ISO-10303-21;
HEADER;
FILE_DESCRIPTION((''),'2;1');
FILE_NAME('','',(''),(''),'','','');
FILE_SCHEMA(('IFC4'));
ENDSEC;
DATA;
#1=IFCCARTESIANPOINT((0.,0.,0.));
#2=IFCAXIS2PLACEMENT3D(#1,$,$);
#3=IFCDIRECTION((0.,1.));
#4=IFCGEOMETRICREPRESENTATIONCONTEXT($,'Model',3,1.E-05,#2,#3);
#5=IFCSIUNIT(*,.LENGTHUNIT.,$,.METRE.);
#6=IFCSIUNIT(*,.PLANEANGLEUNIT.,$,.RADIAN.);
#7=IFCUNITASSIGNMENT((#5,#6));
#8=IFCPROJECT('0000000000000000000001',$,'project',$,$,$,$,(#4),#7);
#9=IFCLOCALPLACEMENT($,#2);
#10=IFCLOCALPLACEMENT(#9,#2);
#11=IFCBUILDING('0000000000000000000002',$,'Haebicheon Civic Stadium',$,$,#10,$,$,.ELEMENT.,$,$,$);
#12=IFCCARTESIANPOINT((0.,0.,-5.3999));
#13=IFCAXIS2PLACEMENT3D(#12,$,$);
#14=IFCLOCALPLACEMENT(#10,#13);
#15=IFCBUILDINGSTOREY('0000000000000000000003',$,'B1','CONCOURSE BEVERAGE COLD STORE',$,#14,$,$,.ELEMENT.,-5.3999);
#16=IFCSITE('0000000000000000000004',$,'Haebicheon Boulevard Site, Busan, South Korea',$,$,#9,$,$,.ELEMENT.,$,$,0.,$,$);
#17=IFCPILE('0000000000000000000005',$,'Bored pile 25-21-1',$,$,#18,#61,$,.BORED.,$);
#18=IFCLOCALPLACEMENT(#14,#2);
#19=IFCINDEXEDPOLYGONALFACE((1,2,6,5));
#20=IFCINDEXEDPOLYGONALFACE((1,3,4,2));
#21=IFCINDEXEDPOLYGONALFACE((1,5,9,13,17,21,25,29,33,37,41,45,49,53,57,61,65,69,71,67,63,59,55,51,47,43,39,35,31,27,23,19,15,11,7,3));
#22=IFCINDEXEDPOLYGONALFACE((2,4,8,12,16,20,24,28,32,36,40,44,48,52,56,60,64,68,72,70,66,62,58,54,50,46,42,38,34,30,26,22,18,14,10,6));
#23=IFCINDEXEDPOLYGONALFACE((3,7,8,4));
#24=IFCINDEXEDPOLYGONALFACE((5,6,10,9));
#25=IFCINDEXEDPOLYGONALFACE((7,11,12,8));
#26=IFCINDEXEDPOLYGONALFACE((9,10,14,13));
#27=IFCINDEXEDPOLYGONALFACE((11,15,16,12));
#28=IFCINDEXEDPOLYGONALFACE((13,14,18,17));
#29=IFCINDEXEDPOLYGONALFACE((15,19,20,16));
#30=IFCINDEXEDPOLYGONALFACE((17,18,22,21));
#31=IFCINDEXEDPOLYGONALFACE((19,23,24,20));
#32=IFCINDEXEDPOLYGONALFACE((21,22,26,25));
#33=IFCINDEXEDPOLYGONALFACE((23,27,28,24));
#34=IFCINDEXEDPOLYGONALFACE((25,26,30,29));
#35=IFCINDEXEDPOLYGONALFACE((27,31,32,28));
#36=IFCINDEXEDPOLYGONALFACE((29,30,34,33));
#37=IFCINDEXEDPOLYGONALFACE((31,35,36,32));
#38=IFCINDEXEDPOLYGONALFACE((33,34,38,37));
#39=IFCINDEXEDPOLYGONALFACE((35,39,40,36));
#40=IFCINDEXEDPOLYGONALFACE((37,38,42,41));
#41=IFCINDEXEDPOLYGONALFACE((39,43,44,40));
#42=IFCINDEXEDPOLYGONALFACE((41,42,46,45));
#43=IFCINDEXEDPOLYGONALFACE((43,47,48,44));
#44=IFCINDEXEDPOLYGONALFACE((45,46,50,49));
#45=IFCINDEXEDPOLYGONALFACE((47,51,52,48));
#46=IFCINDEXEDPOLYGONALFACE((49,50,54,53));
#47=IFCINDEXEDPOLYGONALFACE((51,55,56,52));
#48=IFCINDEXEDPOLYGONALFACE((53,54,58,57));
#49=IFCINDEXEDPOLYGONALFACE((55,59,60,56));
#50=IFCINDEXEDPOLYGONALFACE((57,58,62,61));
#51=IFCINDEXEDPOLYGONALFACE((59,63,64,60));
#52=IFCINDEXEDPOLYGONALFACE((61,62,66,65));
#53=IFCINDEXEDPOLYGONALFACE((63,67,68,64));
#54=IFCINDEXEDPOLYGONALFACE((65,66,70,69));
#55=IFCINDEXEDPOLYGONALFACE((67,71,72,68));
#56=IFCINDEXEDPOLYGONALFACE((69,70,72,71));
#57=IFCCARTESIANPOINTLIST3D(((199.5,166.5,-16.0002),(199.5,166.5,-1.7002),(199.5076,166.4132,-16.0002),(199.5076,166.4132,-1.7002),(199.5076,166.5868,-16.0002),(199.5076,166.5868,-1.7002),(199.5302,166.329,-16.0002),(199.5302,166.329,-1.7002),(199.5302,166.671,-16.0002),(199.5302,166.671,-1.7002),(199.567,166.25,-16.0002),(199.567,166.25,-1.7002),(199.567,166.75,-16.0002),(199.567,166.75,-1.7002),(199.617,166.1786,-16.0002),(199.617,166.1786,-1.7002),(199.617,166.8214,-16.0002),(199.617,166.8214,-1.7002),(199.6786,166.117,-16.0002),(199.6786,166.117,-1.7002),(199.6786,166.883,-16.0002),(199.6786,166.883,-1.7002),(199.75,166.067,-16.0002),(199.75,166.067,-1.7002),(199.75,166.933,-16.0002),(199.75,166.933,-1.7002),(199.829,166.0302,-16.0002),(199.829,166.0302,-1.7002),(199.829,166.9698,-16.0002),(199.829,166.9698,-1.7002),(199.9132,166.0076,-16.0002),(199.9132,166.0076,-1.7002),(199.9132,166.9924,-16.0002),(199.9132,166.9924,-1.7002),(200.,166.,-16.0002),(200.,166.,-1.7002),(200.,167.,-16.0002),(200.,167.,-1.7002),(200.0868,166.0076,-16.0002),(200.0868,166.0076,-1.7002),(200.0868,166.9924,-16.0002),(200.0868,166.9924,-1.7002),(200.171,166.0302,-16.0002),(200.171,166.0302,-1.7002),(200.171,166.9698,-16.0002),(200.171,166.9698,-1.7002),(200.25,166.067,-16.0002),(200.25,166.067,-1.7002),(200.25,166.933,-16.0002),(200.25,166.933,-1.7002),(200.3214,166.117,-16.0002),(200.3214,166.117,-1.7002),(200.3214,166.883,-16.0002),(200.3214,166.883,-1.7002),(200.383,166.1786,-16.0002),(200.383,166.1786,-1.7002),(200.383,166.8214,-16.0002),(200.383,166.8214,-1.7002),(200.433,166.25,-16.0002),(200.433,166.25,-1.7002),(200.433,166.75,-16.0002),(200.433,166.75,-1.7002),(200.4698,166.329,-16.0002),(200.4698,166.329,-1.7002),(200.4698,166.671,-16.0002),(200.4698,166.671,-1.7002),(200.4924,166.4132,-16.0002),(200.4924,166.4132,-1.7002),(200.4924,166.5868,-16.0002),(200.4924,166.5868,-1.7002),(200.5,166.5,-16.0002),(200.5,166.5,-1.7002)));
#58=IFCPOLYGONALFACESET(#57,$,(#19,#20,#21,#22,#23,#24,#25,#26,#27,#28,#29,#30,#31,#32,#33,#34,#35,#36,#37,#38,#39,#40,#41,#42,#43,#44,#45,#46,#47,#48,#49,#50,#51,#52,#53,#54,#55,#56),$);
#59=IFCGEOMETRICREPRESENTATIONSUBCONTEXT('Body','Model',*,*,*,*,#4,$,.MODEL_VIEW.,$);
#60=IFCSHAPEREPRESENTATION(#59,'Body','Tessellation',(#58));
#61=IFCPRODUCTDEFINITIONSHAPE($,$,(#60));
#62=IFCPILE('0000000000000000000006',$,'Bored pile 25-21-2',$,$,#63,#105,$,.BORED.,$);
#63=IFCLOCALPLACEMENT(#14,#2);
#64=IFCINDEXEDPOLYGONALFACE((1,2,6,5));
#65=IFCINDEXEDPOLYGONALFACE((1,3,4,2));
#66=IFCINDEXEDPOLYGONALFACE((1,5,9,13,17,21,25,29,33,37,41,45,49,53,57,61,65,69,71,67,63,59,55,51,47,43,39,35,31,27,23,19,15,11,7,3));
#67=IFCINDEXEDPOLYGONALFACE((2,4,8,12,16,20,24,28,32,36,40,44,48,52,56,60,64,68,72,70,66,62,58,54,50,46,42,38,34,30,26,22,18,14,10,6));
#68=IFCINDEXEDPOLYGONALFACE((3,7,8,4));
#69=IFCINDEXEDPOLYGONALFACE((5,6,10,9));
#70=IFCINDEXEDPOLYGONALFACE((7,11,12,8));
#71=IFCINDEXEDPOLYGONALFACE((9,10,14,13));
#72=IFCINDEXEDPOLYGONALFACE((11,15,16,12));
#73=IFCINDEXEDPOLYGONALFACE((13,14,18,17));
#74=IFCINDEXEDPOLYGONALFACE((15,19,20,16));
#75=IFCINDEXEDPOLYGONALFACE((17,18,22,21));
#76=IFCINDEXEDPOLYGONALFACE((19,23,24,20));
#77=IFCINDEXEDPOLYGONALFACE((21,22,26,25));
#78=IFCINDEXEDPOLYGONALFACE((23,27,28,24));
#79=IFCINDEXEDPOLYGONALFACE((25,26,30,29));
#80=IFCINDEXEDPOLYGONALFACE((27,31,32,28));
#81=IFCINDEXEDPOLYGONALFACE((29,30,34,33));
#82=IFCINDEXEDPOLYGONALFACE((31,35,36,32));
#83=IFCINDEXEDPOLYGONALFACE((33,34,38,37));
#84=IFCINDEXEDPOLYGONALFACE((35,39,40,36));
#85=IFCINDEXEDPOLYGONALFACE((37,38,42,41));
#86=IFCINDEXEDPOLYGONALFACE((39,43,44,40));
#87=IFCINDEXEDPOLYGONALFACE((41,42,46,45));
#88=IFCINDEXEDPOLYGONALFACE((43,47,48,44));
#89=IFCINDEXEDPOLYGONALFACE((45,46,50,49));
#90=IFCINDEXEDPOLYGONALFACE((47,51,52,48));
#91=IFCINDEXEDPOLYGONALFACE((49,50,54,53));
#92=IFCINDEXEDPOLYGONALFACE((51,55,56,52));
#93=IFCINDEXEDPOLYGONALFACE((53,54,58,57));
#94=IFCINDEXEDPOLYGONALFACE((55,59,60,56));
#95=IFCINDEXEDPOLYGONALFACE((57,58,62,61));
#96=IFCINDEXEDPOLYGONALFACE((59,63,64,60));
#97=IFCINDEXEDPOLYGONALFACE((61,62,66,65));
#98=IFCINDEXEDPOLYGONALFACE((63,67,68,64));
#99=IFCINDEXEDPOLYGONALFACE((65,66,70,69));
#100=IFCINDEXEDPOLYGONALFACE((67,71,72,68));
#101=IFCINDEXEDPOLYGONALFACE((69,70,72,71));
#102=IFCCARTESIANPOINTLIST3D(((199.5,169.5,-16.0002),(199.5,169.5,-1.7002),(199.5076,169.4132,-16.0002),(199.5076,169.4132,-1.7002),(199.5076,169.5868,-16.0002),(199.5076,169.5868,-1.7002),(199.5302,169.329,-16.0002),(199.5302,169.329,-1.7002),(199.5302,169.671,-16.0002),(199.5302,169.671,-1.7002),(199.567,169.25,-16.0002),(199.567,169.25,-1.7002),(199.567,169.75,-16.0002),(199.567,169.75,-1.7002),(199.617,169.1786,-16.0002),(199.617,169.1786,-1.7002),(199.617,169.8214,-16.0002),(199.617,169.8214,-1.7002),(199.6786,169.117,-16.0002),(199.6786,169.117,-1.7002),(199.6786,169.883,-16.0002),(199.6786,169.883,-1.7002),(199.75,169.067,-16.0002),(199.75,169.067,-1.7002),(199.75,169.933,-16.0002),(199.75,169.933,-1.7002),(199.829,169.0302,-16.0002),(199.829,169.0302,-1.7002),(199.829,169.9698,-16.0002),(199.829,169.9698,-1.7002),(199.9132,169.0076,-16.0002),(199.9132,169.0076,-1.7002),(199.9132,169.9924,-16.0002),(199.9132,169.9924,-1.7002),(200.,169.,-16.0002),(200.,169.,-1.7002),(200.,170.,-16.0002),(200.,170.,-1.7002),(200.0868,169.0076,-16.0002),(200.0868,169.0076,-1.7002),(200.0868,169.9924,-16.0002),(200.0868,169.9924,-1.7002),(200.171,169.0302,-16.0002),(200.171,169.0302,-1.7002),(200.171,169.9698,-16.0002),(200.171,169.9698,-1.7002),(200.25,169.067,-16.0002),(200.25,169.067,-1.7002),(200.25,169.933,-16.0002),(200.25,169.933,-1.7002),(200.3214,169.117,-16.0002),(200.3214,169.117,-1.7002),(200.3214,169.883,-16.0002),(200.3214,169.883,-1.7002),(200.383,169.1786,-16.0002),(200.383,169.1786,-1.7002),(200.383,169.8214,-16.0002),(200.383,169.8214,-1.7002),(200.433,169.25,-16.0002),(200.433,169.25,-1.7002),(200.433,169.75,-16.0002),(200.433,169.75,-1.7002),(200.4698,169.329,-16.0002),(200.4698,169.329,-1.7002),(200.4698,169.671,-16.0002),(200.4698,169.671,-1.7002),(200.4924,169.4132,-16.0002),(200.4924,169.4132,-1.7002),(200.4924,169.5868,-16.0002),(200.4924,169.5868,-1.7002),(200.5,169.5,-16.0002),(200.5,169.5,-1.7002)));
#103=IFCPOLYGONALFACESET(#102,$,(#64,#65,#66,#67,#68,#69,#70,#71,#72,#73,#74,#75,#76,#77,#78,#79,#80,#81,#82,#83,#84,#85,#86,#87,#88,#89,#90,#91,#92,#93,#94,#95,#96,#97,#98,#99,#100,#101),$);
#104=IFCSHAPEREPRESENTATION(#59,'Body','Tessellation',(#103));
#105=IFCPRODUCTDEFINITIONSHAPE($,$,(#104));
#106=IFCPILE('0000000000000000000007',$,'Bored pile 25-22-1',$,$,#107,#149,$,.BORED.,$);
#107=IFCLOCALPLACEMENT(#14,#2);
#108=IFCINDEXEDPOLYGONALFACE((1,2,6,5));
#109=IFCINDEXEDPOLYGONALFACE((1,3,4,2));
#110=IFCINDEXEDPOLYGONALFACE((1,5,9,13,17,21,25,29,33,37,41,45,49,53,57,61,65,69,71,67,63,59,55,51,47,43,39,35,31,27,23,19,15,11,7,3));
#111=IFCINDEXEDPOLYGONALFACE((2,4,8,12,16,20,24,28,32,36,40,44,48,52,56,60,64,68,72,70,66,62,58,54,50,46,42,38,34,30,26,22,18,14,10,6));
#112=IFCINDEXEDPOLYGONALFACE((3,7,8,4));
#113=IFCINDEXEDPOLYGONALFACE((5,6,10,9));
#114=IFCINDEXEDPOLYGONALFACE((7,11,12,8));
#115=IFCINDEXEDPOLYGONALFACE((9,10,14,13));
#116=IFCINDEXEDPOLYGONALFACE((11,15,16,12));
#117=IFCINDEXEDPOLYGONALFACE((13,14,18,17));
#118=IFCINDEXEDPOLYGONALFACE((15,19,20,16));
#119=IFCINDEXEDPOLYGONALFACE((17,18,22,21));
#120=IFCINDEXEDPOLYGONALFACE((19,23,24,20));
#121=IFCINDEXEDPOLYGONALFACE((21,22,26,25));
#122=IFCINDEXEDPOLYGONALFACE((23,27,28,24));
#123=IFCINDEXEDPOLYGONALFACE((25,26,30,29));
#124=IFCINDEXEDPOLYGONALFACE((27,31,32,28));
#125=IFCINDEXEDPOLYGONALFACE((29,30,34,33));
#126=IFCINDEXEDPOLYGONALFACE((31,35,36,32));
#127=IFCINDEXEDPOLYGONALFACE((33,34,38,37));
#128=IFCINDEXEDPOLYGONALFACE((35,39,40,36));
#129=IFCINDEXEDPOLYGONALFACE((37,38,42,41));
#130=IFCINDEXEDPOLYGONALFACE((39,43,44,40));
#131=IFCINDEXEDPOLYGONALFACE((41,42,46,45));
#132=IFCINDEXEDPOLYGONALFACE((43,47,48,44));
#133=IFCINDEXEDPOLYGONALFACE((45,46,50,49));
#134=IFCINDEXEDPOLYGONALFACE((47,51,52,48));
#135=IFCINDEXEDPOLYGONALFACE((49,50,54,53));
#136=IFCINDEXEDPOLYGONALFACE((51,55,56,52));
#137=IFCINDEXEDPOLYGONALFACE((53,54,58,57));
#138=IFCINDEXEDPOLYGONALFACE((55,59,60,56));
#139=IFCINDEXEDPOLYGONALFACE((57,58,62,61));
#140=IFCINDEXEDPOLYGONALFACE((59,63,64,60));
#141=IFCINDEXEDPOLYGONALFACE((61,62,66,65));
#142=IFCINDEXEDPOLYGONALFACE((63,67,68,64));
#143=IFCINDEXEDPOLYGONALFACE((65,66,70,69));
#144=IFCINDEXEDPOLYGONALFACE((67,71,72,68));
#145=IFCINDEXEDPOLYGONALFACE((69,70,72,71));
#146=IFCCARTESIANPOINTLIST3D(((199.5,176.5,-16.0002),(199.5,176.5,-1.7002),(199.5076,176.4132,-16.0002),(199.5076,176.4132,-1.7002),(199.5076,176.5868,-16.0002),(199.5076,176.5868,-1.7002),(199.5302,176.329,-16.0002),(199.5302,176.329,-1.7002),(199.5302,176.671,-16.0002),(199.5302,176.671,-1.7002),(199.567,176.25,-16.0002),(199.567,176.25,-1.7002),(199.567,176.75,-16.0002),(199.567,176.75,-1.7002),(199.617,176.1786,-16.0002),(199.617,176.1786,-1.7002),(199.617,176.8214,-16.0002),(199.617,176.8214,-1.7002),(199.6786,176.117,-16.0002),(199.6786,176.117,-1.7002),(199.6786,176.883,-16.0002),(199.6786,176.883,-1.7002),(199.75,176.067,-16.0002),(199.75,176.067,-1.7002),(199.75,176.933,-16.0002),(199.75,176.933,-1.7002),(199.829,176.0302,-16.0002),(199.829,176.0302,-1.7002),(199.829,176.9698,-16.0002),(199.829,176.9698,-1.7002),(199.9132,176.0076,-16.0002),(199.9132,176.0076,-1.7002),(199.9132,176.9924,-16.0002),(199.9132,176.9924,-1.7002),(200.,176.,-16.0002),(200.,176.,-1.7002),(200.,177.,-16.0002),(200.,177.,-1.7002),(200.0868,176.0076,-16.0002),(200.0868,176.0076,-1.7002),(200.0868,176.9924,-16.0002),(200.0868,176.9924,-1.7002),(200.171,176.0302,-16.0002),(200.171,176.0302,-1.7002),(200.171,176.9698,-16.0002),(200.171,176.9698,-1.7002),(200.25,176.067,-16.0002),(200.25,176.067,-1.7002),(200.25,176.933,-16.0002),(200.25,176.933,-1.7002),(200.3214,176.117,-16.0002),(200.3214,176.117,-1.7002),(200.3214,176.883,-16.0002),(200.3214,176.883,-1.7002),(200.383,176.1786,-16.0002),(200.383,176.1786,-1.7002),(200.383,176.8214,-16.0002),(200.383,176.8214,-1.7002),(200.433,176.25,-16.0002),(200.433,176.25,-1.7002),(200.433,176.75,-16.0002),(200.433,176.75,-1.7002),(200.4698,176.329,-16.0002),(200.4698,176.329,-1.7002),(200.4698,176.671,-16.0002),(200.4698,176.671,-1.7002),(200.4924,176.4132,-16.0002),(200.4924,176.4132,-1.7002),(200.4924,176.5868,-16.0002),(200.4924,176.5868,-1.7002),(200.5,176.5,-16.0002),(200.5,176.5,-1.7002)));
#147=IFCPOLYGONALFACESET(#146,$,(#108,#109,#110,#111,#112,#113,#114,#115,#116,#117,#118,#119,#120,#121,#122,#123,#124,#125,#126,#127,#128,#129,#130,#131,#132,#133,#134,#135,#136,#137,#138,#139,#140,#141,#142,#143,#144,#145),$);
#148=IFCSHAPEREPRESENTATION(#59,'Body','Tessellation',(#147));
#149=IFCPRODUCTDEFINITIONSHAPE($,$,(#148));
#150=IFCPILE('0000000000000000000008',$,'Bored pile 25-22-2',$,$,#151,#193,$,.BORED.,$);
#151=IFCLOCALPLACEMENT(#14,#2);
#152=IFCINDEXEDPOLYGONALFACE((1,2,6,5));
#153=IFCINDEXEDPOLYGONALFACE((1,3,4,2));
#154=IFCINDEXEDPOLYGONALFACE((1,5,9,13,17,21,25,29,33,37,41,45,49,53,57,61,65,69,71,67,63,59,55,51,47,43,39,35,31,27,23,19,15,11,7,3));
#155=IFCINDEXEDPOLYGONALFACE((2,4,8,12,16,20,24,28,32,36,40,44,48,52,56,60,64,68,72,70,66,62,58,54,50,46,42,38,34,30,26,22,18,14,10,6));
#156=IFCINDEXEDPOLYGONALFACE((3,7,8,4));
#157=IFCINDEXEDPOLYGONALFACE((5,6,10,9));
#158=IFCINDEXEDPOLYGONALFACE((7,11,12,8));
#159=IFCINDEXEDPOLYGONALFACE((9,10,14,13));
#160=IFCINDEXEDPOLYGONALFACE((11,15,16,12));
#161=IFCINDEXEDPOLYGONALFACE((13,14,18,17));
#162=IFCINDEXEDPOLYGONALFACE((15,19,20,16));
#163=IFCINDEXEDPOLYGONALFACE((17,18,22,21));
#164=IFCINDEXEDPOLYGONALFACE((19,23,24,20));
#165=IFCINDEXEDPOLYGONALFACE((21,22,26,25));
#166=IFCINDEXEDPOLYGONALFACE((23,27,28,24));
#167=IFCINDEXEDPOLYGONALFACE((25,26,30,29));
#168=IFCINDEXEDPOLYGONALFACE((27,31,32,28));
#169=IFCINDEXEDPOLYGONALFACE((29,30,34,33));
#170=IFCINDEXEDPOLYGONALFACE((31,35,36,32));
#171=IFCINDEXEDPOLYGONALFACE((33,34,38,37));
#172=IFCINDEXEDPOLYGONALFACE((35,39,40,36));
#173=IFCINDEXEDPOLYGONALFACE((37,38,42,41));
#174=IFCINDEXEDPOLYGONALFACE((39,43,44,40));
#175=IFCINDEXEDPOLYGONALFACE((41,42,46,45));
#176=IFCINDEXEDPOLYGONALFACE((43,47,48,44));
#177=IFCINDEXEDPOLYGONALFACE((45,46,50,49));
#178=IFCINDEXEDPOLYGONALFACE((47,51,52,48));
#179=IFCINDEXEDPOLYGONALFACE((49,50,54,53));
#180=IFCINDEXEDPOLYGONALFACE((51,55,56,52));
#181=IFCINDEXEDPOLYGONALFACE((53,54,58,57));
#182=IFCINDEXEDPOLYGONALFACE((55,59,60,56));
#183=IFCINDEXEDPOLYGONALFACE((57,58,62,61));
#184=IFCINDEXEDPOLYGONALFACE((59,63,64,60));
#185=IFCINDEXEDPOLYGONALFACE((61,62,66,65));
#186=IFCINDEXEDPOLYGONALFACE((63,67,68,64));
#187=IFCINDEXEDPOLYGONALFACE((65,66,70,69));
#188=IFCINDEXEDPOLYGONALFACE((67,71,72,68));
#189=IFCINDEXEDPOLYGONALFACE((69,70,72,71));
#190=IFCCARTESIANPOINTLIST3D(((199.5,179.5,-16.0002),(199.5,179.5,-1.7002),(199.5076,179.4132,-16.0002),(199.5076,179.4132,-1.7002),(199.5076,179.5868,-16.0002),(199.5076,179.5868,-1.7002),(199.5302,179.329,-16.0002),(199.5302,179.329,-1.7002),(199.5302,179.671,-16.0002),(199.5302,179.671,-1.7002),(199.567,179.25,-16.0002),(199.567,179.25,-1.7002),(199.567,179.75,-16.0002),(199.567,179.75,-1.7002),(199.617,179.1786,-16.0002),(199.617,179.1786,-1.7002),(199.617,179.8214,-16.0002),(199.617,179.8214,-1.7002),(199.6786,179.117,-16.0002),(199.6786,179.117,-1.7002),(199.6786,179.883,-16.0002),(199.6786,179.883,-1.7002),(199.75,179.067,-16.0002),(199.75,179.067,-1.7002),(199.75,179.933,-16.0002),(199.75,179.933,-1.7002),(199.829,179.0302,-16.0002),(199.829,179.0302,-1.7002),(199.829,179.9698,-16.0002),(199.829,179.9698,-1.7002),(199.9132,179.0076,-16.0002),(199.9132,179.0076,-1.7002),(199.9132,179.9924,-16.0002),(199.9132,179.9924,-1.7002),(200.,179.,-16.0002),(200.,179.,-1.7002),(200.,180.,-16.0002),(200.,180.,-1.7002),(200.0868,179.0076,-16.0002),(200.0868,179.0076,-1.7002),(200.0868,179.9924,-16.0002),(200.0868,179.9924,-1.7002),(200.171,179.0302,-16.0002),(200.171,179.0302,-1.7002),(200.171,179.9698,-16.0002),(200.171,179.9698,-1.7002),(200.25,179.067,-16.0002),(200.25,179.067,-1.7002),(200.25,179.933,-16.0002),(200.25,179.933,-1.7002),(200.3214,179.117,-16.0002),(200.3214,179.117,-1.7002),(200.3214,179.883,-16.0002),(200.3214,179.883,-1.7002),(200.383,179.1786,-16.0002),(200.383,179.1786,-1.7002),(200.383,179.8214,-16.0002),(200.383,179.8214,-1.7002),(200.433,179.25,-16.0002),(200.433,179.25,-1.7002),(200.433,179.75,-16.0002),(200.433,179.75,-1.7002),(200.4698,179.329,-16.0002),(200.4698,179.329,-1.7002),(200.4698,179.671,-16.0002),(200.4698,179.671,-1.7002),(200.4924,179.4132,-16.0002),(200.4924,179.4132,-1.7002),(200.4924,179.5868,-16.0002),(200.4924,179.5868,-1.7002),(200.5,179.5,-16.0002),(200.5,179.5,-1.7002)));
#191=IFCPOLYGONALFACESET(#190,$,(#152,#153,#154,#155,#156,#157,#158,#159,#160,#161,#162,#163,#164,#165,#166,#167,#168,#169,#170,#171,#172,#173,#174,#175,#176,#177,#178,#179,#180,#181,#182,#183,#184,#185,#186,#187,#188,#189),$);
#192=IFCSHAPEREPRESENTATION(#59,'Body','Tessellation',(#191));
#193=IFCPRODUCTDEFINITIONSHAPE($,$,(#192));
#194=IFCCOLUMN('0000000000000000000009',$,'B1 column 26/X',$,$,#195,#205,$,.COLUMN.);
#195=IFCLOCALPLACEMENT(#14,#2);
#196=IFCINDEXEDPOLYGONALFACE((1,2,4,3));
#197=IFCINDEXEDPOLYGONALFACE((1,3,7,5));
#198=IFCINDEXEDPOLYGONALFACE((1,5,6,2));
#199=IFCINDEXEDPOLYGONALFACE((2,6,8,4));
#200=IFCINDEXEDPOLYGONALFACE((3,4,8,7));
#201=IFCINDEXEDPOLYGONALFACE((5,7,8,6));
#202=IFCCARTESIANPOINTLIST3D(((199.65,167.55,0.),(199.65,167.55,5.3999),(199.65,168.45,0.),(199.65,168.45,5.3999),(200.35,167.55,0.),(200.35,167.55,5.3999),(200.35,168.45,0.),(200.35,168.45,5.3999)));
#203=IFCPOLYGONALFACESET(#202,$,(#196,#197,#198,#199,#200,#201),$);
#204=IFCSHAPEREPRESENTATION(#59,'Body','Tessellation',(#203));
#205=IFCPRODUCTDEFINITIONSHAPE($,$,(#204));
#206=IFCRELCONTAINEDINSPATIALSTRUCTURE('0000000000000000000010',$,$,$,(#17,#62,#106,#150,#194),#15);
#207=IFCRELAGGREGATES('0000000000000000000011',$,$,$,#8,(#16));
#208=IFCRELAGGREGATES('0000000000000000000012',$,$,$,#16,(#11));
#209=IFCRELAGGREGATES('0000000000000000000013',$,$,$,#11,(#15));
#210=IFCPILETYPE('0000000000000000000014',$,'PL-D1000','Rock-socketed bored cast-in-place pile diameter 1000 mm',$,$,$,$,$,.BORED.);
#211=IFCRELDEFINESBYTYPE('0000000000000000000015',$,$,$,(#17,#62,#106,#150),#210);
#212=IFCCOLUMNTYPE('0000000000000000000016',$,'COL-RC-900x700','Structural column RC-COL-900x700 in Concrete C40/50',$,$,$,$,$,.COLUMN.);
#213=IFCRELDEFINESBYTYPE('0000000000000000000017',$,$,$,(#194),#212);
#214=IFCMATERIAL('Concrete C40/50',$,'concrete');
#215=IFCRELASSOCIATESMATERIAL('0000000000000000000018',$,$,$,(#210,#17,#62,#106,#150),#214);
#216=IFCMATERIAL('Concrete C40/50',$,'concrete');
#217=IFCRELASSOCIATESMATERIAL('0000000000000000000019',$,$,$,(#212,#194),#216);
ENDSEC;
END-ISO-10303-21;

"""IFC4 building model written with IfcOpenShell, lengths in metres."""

from ifc_helpers import new_model, si_unit, direction, frame, origin, origin_2d, place, context, subcontext, project, spatial, rectangle, circle, extrude, material, material_profile, profile_set, type_object, element, save


model = new_model("IFC4")

# Units and contexts
model_context = context("Model", 3, precision=1e-05, world=origin(), true_north=direction((0.0, 1.0)))
body_context = subcontext(model_context, "Body", "Model", "MODEL_VIEW")
ifc_project = project(units=[si_unit("LENGTHUNIT", "METRE"), si_unit("PLANEANGLEUNIT", "RADIAN")], contexts=[model_context])

# Site, building, storey
site_placement = place(None, origin())
site = spatial("IfcSite", under=ifc_project, at=site_placement, Name="Haebicheon Boulevard Site, Busan, South Korea", CompositionType="ELEMENT", RefElevation=0.0)
building_placement = place(site_placement, origin())
building = spatial("IfcBuilding", under=site, at=building_placement, Name="Haebicheon Civic Stadium", CompositionType="ELEMENT")
storey_placement = place(building_placement, frame((0.0, 0.0, -5.3999)))
storey = spatial("IfcBuildingStorey", under=building, at=storey_placement, Name="B1", Description="CONCOURSE BEVERAGE COLD STORE", CompositionType="ELEMENT", Elevation=-5.3999)

# Piles
ifc_material_1 = material(Name="Concrete C40/50", Category="concrete")
ifc_material_profile_1 = material_profile(ifc_material_1, circle(Radius=0.5, at=origin_2d()), Name="PILE-D1000")
ifc_profile_set_1 = profile_set([ifc_material_profile_1], Name="Concrete C40/50")
pile_type = type_object("IfcPileType", Name="PL-D1000", Description="Rock-socketed bored cast-in-place pile diameter 1000 mm", PredefinedType="BORED", material=ifc_profile_set_1)
for number, where, z_axis, x_axis, name in (
    (1, (200.0, 166.5, -1.7002), (0.0, 0.0, -1.0), (1.0, 0.0, 0.0), "Bored pile 25-21-1"),
    (2, (200.0, 169.5, -1.7002), (0.0, 0.0, -1.0), (1.0, 0.0, 0.0), "Bored pile 25-21-2"),
    (3, (200.0, 176.5, -1.7002), (0.0, 0.0, -1.0), (1.0, 0.0, 0.0), "Bored pile 25-22-1"),
    (4, (200.0, 179.5, -1.7002), (0.0, 0.0, -1.0), (1.0, 0.0, 0.0), "Bored pile 25-22-2"),
):
    element("IfcPile", number, at=place(storey_placement, frame(where, z_axis=z_axis, x_axis=x_axis)), inside=storey, type_object=pile_type, material=ifc_profile_set_1, Name=name, PredefinedType="BORED", context=body_context, shape_type="SweptSolid", body=[
        extrude(circle(Radius=0.5, at=origin_2d()), origin(), (0.0, 0.0, 1.0), 14.3),
    ])

# Column
ifc_material_2 = material(Name="Concrete C40/50", Category="concrete")
ifc_material_profile_2 = material_profile(ifc_material_2, rectangle(XDim=0.7, YDim=0.8999, at=origin_2d()), Name="RC-COL-900x700")
ifc_profile_set_2 = profile_set([ifc_material_profile_2], Name="Concrete C40/50")
column_type = type_object("IfcColumnType", Name="COL-RC-900x700", Description="Structural column RC-COL-900x700 in Concrete C40/50", PredefinedType="COLUMN", material=ifc_profile_set_2)
for number, where, z_axis, x_axis, name in (
    (5, (200.0, 168.0, 0.0), (0.0, 0.0, 1.0), (1.0, 0.0, 0.0), "B1 column 26/X"),
):
    element("IfcColumn", number, at=place(storey_placement, frame(where, z_axis=z_axis, x_axis=x_axis)), inside=storey, type_object=column_type, material=ifc_profile_set_2, Name=name, PredefinedType="COLUMN", context=body_context, shape_type="SweptSolid", body=[
        extrude(rectangle(XDim=0.7, YDim=0.8999, at=origin_2d()), origin(), (0.0, 0.0, 1.0), 5.3999),
    ])

save(model, "model.ifc")
